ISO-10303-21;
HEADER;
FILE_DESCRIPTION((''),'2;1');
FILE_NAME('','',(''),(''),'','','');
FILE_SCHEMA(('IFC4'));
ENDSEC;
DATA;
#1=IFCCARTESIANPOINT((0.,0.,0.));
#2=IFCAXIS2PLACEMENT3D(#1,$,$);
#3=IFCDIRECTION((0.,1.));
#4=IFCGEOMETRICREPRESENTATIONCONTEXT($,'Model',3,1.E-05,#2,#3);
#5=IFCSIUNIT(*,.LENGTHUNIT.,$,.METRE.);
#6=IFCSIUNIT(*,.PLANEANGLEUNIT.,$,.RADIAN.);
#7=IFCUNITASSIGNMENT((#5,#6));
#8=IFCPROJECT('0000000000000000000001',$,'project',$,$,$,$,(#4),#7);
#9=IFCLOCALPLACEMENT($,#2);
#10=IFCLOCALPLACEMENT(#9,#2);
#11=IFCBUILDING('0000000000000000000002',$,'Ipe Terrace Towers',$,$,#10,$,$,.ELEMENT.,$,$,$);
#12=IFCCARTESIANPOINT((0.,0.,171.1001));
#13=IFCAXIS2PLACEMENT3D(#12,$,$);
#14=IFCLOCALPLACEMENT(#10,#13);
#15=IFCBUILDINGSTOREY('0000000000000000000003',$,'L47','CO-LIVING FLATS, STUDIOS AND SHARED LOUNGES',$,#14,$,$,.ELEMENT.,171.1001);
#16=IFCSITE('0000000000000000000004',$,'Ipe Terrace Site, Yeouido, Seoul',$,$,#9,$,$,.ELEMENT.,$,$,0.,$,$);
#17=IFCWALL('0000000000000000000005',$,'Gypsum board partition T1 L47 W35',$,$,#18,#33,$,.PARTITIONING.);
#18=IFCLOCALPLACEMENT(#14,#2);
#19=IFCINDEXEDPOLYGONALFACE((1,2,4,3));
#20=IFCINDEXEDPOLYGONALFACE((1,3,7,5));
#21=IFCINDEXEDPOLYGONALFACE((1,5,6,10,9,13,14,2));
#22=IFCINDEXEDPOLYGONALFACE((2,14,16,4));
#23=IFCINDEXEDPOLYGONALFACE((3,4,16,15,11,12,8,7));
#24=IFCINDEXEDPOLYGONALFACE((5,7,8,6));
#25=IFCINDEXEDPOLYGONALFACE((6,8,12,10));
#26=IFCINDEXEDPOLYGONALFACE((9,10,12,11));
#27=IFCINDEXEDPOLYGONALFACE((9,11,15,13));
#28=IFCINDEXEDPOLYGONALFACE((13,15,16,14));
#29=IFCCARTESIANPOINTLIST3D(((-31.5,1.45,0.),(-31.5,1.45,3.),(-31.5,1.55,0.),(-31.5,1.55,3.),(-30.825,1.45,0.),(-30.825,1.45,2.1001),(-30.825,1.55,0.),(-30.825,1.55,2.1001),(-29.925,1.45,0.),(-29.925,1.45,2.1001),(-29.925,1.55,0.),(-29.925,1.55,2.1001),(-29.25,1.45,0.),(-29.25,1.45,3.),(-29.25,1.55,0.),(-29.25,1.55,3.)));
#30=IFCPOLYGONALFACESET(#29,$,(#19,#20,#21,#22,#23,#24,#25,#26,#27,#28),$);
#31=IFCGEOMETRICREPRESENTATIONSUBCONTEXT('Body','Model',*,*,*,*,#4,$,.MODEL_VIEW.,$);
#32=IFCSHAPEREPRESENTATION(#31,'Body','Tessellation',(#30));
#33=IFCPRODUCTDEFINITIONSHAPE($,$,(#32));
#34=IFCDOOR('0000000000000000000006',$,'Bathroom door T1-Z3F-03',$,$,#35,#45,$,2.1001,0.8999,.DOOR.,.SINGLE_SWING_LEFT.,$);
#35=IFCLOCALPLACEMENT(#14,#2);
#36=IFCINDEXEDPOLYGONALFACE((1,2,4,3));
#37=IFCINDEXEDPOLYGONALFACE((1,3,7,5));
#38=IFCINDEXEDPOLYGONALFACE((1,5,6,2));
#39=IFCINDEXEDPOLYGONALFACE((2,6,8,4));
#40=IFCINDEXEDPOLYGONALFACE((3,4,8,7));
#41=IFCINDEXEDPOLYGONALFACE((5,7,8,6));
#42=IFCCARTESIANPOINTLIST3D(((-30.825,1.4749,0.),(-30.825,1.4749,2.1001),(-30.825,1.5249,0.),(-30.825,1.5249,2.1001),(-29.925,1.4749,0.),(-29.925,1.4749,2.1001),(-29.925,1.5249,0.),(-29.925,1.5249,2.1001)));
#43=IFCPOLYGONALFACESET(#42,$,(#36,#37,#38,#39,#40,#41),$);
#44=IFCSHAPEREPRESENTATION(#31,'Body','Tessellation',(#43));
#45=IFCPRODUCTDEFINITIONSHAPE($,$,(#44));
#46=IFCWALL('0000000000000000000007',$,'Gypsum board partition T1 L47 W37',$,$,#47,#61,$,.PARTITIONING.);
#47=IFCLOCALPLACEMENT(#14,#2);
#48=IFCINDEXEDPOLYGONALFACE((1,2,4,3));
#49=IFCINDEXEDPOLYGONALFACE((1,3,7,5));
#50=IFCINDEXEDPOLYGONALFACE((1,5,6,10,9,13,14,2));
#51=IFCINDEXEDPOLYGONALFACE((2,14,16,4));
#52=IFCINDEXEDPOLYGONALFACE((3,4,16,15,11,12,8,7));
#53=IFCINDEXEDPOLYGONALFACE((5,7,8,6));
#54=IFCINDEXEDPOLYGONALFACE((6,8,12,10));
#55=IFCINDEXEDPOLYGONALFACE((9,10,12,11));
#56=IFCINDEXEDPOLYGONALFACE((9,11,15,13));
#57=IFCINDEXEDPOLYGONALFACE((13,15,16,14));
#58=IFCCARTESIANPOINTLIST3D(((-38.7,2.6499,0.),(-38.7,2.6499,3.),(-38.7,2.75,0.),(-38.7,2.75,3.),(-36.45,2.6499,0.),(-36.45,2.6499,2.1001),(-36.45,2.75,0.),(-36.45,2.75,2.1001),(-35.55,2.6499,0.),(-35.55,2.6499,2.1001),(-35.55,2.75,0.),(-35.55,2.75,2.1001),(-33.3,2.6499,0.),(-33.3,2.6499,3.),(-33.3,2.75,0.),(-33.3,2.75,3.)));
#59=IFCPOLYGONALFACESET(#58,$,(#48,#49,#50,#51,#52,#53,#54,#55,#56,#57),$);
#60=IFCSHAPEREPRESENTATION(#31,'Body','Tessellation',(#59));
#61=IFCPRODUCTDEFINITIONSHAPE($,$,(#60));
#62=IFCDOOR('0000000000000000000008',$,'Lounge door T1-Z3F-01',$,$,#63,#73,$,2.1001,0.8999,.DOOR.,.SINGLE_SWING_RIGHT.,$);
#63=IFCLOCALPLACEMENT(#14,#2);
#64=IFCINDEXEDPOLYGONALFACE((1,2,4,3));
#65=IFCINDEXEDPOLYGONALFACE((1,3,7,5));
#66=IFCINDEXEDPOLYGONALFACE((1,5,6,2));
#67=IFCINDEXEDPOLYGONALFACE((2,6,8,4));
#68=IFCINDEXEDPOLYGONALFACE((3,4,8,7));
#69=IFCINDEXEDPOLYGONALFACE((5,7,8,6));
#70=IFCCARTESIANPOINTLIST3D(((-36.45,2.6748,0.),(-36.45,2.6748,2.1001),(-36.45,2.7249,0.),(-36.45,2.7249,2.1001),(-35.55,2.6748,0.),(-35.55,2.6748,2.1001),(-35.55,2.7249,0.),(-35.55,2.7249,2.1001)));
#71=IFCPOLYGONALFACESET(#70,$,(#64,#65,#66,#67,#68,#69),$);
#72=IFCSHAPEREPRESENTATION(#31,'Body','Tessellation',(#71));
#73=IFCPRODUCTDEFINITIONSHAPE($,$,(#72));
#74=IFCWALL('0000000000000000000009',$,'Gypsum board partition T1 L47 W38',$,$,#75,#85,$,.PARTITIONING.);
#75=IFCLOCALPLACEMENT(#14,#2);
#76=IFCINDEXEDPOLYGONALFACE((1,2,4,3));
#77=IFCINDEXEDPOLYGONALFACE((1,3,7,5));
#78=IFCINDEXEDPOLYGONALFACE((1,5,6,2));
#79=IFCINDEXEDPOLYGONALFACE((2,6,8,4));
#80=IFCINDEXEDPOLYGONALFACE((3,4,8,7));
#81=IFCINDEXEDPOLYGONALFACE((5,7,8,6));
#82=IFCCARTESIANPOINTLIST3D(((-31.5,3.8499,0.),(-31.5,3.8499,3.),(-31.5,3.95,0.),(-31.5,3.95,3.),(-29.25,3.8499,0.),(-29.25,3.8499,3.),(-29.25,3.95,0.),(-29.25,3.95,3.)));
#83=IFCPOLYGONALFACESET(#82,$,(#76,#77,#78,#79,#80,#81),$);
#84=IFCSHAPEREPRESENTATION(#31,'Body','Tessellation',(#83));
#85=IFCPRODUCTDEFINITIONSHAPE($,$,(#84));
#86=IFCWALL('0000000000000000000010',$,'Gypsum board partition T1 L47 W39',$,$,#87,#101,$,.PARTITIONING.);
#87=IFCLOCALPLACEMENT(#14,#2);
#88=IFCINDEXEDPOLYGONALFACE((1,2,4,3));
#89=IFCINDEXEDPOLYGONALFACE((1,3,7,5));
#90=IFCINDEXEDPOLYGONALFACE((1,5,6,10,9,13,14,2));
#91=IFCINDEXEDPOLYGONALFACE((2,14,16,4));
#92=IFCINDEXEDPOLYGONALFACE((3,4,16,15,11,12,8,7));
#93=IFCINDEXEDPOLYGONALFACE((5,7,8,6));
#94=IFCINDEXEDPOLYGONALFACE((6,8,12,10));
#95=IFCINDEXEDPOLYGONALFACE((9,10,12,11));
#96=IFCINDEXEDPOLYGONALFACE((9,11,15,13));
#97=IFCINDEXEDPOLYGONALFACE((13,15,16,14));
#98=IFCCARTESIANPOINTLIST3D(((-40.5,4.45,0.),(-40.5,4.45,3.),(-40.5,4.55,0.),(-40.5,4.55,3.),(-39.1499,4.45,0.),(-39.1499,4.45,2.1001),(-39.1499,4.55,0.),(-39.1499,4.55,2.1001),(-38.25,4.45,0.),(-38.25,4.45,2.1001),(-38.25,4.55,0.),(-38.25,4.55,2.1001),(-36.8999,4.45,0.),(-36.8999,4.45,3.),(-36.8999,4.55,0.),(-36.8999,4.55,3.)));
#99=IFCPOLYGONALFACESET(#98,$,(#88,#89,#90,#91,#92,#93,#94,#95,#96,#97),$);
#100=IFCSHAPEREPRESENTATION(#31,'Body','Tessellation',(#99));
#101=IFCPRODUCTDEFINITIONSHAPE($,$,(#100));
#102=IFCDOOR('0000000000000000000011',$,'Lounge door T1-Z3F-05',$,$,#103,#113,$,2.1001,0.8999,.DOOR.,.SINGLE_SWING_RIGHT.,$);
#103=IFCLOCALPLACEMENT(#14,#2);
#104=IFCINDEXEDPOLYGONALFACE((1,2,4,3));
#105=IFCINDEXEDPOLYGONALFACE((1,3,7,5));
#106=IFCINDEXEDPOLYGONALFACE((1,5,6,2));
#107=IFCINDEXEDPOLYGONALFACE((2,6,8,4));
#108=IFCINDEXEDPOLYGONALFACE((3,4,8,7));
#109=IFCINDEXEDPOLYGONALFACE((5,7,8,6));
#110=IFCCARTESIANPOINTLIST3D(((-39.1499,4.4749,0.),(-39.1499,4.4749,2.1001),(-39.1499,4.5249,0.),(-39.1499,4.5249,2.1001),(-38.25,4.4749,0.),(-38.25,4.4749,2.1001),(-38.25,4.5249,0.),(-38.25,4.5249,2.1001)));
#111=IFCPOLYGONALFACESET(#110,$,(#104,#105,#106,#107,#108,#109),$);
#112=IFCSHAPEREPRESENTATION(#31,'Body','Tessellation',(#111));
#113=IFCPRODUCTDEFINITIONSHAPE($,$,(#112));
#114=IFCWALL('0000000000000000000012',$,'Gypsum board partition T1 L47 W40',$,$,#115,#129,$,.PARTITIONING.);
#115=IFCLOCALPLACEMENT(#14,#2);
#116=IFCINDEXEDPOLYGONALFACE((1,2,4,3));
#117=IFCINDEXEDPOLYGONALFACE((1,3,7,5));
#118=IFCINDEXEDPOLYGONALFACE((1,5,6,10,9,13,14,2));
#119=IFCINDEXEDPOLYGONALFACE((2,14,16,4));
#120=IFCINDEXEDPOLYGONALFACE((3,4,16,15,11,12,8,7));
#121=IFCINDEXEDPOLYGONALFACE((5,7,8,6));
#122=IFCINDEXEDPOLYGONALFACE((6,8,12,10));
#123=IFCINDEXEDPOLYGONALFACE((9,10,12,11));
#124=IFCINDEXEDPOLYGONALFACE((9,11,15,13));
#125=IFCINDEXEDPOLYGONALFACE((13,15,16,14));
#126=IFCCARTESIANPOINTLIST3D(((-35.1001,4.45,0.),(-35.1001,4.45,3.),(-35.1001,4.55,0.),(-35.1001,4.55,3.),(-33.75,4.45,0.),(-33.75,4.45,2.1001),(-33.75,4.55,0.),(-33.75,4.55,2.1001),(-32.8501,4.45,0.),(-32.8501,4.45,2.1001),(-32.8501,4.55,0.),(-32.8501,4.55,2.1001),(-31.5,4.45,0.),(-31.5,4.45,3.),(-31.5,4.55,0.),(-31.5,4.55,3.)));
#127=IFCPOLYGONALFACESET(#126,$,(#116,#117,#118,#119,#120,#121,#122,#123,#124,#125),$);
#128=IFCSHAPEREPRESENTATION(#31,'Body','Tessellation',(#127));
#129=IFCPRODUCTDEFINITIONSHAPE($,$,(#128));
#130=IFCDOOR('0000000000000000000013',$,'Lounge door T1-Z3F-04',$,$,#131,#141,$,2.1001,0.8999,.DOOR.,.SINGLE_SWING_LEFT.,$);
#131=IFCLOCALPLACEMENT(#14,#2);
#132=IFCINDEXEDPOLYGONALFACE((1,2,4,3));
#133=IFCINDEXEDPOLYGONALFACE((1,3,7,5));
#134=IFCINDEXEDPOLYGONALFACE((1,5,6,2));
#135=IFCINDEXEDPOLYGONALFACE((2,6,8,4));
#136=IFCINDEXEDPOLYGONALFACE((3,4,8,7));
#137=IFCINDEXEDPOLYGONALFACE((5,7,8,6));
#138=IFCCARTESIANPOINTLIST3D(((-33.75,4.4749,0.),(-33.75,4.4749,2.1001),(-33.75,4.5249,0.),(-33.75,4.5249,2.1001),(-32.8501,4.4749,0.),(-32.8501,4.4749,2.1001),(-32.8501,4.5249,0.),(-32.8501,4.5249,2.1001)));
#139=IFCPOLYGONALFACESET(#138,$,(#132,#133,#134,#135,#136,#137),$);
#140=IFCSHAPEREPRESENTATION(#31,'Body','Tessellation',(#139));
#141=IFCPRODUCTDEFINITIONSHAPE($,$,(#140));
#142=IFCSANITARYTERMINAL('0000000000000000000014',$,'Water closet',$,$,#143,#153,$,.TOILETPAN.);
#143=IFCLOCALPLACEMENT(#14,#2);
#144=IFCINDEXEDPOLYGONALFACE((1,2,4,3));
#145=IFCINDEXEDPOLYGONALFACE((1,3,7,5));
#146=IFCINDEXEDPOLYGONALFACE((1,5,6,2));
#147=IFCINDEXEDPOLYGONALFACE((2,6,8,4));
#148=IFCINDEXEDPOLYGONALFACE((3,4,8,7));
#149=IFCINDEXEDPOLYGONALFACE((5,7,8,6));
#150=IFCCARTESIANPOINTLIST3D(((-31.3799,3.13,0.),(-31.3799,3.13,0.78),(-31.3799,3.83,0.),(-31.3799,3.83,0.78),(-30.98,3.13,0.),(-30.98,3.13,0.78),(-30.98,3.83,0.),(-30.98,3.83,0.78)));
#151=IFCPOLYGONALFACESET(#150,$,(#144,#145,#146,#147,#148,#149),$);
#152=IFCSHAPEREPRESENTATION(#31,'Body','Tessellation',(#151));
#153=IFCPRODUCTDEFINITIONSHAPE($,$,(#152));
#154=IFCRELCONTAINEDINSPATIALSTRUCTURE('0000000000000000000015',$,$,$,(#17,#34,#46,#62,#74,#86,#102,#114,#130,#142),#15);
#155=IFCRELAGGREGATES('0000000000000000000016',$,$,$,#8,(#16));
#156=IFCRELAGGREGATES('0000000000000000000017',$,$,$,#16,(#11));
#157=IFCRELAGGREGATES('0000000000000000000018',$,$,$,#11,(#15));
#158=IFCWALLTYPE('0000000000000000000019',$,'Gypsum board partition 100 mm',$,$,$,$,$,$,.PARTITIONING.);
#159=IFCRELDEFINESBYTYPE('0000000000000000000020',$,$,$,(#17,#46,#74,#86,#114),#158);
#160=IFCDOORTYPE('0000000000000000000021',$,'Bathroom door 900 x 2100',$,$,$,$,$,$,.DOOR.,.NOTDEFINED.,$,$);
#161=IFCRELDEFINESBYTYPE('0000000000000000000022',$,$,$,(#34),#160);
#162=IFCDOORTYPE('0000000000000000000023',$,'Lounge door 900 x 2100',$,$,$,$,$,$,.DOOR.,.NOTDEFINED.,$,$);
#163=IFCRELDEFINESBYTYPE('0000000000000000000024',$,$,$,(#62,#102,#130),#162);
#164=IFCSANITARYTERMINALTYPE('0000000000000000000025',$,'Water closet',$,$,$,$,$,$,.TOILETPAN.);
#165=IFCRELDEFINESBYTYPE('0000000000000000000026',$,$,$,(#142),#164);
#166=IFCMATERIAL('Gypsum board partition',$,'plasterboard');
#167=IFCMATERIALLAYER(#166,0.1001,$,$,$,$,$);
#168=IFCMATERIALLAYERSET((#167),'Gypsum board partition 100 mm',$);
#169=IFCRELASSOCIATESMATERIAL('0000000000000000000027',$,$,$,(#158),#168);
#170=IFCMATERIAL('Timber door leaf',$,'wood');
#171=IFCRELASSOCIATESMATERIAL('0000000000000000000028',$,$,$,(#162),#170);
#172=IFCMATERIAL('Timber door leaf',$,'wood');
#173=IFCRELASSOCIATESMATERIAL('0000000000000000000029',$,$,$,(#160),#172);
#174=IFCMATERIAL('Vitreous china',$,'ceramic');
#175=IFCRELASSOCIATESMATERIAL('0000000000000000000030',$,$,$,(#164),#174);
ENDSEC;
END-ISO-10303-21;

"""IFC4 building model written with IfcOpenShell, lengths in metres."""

from ifc_helpers import new_model, si_unit, direction, frame, frame_2d, origin, origin_2d, place, context, subcontext, project, spatial, rectangle, extrude, material, layer, layer_set, type_object, element, fill, save


model = new_model("IFC4")

# Units and contexts
model_context = context("Model", 3, precision=1e-05, world=origin(), true_north=direction((0.0, 1.0)))
body_context = subcontext(model_context, "Body", "Model", "MODEL_VIEW")
ifc_project = project(units=[si_unit("LENGTHUNIT", "METRE"), si_unit("PLANEANGLEUNIT", "RADIAN")], contexts=[model_context])

# Site, building, storey
site_placement = place(None, origin())
site = spatial("IfcSite", under=ifc_project, at=site_placement, Name="Ipe Terrace Site, Yeouido, Seoul", CompositionType="ELEMENT", RefElevation=0.0)
building_placement = place(site_placement, origin())
building = spatial("IfcBuilding", under=site, at=building_placement, Name="Ipe Terrace Towers", CompositionType="ELEMENT")
storey_placement = place(building_placement, frame((0.0, 0.0, 171.1001)))
storey = spatial("IfcBuildingStorey", under=building, at=storey_placement, Name="L47", Description="CO-LIVING FLATS, STUDIOS AND SHARED LOUNGES", CompositionType="ELEMENT", Elevation=171.1001)

# Shared definitions
ifc_material_1 = material(Name="Gypsum board partition", Category="plasterboard")
ifc_layer = layer(ifc_material_1, 0.1001)
ifc_layer_set = layer_set([ifc_layer], Name="Gypsum board partition 100 mm")
wall_type = type_object("IfcWallType", Name="Gypsum board partition 100 mm", PredefinedType="PARTITIONING", material=ifc_layer_set)
ifc_material_2 = material(Name="Timber door leaf", Category="wood")
door_type_1 = type_object("IfcDoorType", Name="Lounge door 900 x 2100", OperationType="NOTDEFINED", PredefinedType="DOOR", material=ifc_material_2)

# Walls, openings, doors
wall_1_placement = place(storey_placement, frame((-31.5, 1.5, 0.0), z_axis=(0.0, 0.0, 1.0), x_axis=(1.0, 0.0, 0.0)))
wall_1 = element("IfcWall", 1, at=wall_1_placement, inside=storey, type_object=wall_type, Name="Gypsum board partition T1 L47 W35", PredefinedType="PARTITIONING", context=body_context, shape_type="SweptSolid", body=[
    extrude(rectangle(XDim=2.25, YDim=0.1001, at=frame_2d((1.125, 0.0))), origin(), (0.0, 0.0, 1.0), 3.0),
])
opening_1_placement = place(wall_1_placement, frame((0.675, 0.0, 0.0)))
opening_1 = element("IfcOpeningElement", 2, at=opening_1_placement, cuts=wall_1, PredefinedType="OPENING", context=body_context, shape_type="SweptSolid", body=[
    extrude(rectangle(XDim=0.8999, YDim=2.1001, at=frame_2d((0.45, 1.05))), frame((0.0, 0.0601, 0.0), z_axis=(0.0, -1.0, 0.0), x_axis=(1.0, 0.0, 0.0)), (0.0, 0.0, 1.0), 0.1201),
])
ifc_material_3 = material(Name="Timber door leaf", Category="wood")
door_type_2 = type_object("IfcDoorType", Name="Bathroom door 900 x 2100", OperationType="NOTDEFINED", PredefinedType="DOOR", material=ifc_material_3)
door_1_placement = place(opening_1_placement, origin())
door_1 = element("IfcDoor", 3, at=door_1_placement, inside=storey, type_object=door_type_2, Name="Bathroom door T1-Z3F-03", OperationType="SINGLE_SWING_LEFT", OverallHeight=2.1001, OverallWidth=0.8999, PredefinedType="DOOR", context=body_context, shape_type="SweptSolid", body=[
    extrude(rectangle(XDim=0.8999, YDim=2.1001, at=frame_2d((0.45, 1.05))), frame((0.0, 0.0249, 0.0), z_axis=(0.0, -1.0, 0.0), x_axis=(1.0, 0.0, 0.0)), (0.0, 0.0, 1.0), 0.05),
])
fill(opening_1, door_1)
wall_2_placement = place(storey_placement, frame((-38.7, 2.7, 0.0), z_axis=(0.0, 0.0, 1.0), x_axis=(1.0, 0.0, 0.0)))
wall_2 = element("IfcWall", 4, at=wall_2_placement, inside=storey, type_object=wall_type, Name="Gypsum board partition T1 L47 W37", PredefinedType="PARTITIONING", context=body_context, shape_type="SweptSolid", body=[
    extrude(rectangle(XDim=5.3999, YDim=0.1001, at=frame_2d((2.7, 0.0))), origin(), (0.0, 0.0, 1.0), 3.0),
])
opening_2_placement = place(wall_2_placement, frame((2.25, 0.0, 0.0)))
opening_2 = element("IfcOpeningElement", 5, at=opening_2_placement, cuts=wall_2, PredefinedType="OPENING", context=body_context, shape_type="SweptSolid", body=[
    extrude(rectangle(XDim=0.8999, YDim=2.1001, at=frame_2d((0.45, 1.05))), frame((0.0, 0.0601, 0.0), z_axis=(0.0, -1.0, 0.0), x_axis=(1.0, 0.0, 0.0)), (0.0, 0.0, 1.0), 0.1201),
])
door_2_placement = place(opening_2_placement, origin())
door_2 = element("IfcDoor", 6, at=door_2_placement, inside=storey, type_object=door_type_1, Name="Lounge door T1-Z3F-01", OperationType="SINGLE_SWING_RIGHT", OverallHeight=2.1001, OverallWidth=0.8999, PredefinedType="DOOR", context=body_context, shape_type="SweptSolid", body=[
    extrude(rectangle(XDim=0.8999, YDim=2.1001, at=frame_2d((0.45, 1.05))), frame((0.0, 0.0249, 0.0), z_axis=(0.0, -1.0, 0.0), x_axis=(1.0, 0.0, 0.0)), (0.0, 0.0, 1.0), 0.05),
])
fill(opening_2, door_2)

# Wall
wall_3_placement = place(storey_placement, frame((-31.5, 3.8999, 0.0), z_axis=(0.0, 0.0, 1.0), x_axis=(1.0, 0.0, 0.0)))
element("IfcWall", 7, at=wall_3_placement, inside=storey, type_object=wall_type, Name="Gypsum board partition T1 L47 W38", PredefinedType="PARTITIONING", context=body_context, shape_type="SweptSolid", body=[
    extrude(rectangle(XDim=2.25, YDim=0.1001, at=frame_2d((1.125, 0.0))), origin(), (0.0, 0.0, 1.0), 3.0),
])

# Walls, openings, doors
wall_4_placement = place(storey_placement, frame((-40.5, 4.5, 0.0), z_axis=(0.0, 0.0, 1.0), x_axis=(1.0, 0.0, 0.0)))
wall_4 = element("IfcWall", 8, at=wall_4_placement, inside=storey, type_object=wall_type, Name="Gypsum board partition T1 L47 W39", PredefinedType="PARTITIONING", context=body_context, shape_type="SweptSolid", body=[
    extrude(rectangle(XDim=3.6001, YDim=0.1001, at=frame_2d((1.8, 0.0))), origin(), (0.0, 0.0, 1.0), 3.0),
])
opening_3_placement = place(wall_4_placement, frame((1.3501, 0.0, 0.0)))
opening_3 = element("IfcOpeningElement", 9, at=opening_3_placement, cuts=wall_4, PredefinedType="OPENING", context=body_context, shape_type="SweptSolid", body=[
    extrude(rectangle(XDim=0.8999, YDim=2.1001, at=frame_2d((0.45, 1.05))), frame((0.0, 0.0601, 0.0), z_axis=(0.0, -1.0, 0.0), x_axis=(1.0, 0.0, 0.0)), (0.0, 0.0, 1.0), 0.1201),
])
door_3_placement = place(opening_3_placement, origin())
door_3 = element("IfcDoor", 10, at=door_3_placement, inside=storey, type_object=door_type_1, Name="Lounge door T1-Z3F-05", OperationType="SINGLE_SWING_RIGHT", OverallHeight=2.1001, OverallWidth=0.8999, PredefinedType="DOOR", context=body_context, shape_type="SweptSolid", body=[
    extrude(rectangle(XDim=0.8999, YDim=2.1001, at=frame_2d((0.45, 1.05))), frame((0.0, 0.0249, 0.0), z_axis=(0.0, -1.0, 0.0), x_axis=(1.0, 0.0, 0.0)), (0.0, 0.0, 1.0), 0.05),
])
fill(opening_3, door_3)
wall_5_placement = place(storey_placement, frame((-35.1001, 4.5, 0.0), z_axis=(0.0, 0.0, 1.0), x_axis=(1.0, 0.0, 0.0)))
wall_5 = element("IfcWall", 11, at=wall_5_placement, inside=storey, type_object=wall_type, Name="Gypsum board partition T1 L47 W40", PredefinedType="PARTITIONING", context=body_context, shape_type="SweptSolid", body=[
    extrude(rectangle(XDim=3.6001, YDim=0.1001, at=frame_2d((1.8, 0.0))), origin(), (0.0, 0.0, 1.0), 3.0),
])
opening_4_placement = place(wall_5_placement, frame((1.3501, 0.0, 0.0)))
opening_4 = element("IfcOpeningElement", 12, at=opening_4_placement, cuts=wall_5, PredefinedType="OPENING", context=body_context, shape_type="SweptSolid", body=[
    extrude(rectangle(XDim=0.8999, YDim=2.1001, at=frame_2d((0.45, 1.05))), frame((0.0, 0.0601, 0.0), z_axis=(0.0, -1.0, 0.0), x_axis=(1.0, 0.0, 0.0)), (0.0, 0.0, 1.0), 0.1201),
])
door_4_placement = place(opening_4_placement, origin())
door_4 = element("IfcDoor", 13, at=door_4_placement, inside=storey, type_object=door_type_1, Name="Lounge door T1-Z3F-04", OperationType="SINGLE_SWING_LEFT", OverallHeight=2.1001, OverallWidth=0.8999, PredefinedType="DOOR", context=body_context, shape_type="SweptSolid", body=[
    extrude(rectangle(XDim=0.8999, YDim=2.1001, at=frame_2d((0.45, 1.05))), frame((0.0, 0.0249, 0.0), z_axis=(0.0, -1.0, 0.0), x_axis=(1.0, 0.0, 0.0)), (0.0, 0.0, 1.0), 0.05),
])
fill(opening_4, door_4)

# Sanitary terminal
ifc_material_4 = material(Name="Vitreous china", Category="ceramic")
sanitary_terminal_type = type_object("IfcSanitaryTerminalType", Name="Water closet", PredefinedType="TOILETPAN", material=ifc_material_4)
sanitary_terminal_placement = place(storey_placement, frame((-31.1799, 3.48, 0.0), z_axis=(0.0, 0.0, 1.0), x_axis=(0.0, -1.0, 0.0)))
element("IfcSanitaryTerminal", 14, at=sanitary_terminal_placement, inside=storey, type_object=sanitary_terminal_type, Name="Water closet", PredefinedType="TOILETPAN", context=body_context, shape_type="SweptSolid", body=[
    extrude(rectangle(XDim=0.7, YDim=0.3999, at=origin_2d()), origin(), (0.0, 0.0, 1.0), 0.78),
])

save(model, "model.ifc")
